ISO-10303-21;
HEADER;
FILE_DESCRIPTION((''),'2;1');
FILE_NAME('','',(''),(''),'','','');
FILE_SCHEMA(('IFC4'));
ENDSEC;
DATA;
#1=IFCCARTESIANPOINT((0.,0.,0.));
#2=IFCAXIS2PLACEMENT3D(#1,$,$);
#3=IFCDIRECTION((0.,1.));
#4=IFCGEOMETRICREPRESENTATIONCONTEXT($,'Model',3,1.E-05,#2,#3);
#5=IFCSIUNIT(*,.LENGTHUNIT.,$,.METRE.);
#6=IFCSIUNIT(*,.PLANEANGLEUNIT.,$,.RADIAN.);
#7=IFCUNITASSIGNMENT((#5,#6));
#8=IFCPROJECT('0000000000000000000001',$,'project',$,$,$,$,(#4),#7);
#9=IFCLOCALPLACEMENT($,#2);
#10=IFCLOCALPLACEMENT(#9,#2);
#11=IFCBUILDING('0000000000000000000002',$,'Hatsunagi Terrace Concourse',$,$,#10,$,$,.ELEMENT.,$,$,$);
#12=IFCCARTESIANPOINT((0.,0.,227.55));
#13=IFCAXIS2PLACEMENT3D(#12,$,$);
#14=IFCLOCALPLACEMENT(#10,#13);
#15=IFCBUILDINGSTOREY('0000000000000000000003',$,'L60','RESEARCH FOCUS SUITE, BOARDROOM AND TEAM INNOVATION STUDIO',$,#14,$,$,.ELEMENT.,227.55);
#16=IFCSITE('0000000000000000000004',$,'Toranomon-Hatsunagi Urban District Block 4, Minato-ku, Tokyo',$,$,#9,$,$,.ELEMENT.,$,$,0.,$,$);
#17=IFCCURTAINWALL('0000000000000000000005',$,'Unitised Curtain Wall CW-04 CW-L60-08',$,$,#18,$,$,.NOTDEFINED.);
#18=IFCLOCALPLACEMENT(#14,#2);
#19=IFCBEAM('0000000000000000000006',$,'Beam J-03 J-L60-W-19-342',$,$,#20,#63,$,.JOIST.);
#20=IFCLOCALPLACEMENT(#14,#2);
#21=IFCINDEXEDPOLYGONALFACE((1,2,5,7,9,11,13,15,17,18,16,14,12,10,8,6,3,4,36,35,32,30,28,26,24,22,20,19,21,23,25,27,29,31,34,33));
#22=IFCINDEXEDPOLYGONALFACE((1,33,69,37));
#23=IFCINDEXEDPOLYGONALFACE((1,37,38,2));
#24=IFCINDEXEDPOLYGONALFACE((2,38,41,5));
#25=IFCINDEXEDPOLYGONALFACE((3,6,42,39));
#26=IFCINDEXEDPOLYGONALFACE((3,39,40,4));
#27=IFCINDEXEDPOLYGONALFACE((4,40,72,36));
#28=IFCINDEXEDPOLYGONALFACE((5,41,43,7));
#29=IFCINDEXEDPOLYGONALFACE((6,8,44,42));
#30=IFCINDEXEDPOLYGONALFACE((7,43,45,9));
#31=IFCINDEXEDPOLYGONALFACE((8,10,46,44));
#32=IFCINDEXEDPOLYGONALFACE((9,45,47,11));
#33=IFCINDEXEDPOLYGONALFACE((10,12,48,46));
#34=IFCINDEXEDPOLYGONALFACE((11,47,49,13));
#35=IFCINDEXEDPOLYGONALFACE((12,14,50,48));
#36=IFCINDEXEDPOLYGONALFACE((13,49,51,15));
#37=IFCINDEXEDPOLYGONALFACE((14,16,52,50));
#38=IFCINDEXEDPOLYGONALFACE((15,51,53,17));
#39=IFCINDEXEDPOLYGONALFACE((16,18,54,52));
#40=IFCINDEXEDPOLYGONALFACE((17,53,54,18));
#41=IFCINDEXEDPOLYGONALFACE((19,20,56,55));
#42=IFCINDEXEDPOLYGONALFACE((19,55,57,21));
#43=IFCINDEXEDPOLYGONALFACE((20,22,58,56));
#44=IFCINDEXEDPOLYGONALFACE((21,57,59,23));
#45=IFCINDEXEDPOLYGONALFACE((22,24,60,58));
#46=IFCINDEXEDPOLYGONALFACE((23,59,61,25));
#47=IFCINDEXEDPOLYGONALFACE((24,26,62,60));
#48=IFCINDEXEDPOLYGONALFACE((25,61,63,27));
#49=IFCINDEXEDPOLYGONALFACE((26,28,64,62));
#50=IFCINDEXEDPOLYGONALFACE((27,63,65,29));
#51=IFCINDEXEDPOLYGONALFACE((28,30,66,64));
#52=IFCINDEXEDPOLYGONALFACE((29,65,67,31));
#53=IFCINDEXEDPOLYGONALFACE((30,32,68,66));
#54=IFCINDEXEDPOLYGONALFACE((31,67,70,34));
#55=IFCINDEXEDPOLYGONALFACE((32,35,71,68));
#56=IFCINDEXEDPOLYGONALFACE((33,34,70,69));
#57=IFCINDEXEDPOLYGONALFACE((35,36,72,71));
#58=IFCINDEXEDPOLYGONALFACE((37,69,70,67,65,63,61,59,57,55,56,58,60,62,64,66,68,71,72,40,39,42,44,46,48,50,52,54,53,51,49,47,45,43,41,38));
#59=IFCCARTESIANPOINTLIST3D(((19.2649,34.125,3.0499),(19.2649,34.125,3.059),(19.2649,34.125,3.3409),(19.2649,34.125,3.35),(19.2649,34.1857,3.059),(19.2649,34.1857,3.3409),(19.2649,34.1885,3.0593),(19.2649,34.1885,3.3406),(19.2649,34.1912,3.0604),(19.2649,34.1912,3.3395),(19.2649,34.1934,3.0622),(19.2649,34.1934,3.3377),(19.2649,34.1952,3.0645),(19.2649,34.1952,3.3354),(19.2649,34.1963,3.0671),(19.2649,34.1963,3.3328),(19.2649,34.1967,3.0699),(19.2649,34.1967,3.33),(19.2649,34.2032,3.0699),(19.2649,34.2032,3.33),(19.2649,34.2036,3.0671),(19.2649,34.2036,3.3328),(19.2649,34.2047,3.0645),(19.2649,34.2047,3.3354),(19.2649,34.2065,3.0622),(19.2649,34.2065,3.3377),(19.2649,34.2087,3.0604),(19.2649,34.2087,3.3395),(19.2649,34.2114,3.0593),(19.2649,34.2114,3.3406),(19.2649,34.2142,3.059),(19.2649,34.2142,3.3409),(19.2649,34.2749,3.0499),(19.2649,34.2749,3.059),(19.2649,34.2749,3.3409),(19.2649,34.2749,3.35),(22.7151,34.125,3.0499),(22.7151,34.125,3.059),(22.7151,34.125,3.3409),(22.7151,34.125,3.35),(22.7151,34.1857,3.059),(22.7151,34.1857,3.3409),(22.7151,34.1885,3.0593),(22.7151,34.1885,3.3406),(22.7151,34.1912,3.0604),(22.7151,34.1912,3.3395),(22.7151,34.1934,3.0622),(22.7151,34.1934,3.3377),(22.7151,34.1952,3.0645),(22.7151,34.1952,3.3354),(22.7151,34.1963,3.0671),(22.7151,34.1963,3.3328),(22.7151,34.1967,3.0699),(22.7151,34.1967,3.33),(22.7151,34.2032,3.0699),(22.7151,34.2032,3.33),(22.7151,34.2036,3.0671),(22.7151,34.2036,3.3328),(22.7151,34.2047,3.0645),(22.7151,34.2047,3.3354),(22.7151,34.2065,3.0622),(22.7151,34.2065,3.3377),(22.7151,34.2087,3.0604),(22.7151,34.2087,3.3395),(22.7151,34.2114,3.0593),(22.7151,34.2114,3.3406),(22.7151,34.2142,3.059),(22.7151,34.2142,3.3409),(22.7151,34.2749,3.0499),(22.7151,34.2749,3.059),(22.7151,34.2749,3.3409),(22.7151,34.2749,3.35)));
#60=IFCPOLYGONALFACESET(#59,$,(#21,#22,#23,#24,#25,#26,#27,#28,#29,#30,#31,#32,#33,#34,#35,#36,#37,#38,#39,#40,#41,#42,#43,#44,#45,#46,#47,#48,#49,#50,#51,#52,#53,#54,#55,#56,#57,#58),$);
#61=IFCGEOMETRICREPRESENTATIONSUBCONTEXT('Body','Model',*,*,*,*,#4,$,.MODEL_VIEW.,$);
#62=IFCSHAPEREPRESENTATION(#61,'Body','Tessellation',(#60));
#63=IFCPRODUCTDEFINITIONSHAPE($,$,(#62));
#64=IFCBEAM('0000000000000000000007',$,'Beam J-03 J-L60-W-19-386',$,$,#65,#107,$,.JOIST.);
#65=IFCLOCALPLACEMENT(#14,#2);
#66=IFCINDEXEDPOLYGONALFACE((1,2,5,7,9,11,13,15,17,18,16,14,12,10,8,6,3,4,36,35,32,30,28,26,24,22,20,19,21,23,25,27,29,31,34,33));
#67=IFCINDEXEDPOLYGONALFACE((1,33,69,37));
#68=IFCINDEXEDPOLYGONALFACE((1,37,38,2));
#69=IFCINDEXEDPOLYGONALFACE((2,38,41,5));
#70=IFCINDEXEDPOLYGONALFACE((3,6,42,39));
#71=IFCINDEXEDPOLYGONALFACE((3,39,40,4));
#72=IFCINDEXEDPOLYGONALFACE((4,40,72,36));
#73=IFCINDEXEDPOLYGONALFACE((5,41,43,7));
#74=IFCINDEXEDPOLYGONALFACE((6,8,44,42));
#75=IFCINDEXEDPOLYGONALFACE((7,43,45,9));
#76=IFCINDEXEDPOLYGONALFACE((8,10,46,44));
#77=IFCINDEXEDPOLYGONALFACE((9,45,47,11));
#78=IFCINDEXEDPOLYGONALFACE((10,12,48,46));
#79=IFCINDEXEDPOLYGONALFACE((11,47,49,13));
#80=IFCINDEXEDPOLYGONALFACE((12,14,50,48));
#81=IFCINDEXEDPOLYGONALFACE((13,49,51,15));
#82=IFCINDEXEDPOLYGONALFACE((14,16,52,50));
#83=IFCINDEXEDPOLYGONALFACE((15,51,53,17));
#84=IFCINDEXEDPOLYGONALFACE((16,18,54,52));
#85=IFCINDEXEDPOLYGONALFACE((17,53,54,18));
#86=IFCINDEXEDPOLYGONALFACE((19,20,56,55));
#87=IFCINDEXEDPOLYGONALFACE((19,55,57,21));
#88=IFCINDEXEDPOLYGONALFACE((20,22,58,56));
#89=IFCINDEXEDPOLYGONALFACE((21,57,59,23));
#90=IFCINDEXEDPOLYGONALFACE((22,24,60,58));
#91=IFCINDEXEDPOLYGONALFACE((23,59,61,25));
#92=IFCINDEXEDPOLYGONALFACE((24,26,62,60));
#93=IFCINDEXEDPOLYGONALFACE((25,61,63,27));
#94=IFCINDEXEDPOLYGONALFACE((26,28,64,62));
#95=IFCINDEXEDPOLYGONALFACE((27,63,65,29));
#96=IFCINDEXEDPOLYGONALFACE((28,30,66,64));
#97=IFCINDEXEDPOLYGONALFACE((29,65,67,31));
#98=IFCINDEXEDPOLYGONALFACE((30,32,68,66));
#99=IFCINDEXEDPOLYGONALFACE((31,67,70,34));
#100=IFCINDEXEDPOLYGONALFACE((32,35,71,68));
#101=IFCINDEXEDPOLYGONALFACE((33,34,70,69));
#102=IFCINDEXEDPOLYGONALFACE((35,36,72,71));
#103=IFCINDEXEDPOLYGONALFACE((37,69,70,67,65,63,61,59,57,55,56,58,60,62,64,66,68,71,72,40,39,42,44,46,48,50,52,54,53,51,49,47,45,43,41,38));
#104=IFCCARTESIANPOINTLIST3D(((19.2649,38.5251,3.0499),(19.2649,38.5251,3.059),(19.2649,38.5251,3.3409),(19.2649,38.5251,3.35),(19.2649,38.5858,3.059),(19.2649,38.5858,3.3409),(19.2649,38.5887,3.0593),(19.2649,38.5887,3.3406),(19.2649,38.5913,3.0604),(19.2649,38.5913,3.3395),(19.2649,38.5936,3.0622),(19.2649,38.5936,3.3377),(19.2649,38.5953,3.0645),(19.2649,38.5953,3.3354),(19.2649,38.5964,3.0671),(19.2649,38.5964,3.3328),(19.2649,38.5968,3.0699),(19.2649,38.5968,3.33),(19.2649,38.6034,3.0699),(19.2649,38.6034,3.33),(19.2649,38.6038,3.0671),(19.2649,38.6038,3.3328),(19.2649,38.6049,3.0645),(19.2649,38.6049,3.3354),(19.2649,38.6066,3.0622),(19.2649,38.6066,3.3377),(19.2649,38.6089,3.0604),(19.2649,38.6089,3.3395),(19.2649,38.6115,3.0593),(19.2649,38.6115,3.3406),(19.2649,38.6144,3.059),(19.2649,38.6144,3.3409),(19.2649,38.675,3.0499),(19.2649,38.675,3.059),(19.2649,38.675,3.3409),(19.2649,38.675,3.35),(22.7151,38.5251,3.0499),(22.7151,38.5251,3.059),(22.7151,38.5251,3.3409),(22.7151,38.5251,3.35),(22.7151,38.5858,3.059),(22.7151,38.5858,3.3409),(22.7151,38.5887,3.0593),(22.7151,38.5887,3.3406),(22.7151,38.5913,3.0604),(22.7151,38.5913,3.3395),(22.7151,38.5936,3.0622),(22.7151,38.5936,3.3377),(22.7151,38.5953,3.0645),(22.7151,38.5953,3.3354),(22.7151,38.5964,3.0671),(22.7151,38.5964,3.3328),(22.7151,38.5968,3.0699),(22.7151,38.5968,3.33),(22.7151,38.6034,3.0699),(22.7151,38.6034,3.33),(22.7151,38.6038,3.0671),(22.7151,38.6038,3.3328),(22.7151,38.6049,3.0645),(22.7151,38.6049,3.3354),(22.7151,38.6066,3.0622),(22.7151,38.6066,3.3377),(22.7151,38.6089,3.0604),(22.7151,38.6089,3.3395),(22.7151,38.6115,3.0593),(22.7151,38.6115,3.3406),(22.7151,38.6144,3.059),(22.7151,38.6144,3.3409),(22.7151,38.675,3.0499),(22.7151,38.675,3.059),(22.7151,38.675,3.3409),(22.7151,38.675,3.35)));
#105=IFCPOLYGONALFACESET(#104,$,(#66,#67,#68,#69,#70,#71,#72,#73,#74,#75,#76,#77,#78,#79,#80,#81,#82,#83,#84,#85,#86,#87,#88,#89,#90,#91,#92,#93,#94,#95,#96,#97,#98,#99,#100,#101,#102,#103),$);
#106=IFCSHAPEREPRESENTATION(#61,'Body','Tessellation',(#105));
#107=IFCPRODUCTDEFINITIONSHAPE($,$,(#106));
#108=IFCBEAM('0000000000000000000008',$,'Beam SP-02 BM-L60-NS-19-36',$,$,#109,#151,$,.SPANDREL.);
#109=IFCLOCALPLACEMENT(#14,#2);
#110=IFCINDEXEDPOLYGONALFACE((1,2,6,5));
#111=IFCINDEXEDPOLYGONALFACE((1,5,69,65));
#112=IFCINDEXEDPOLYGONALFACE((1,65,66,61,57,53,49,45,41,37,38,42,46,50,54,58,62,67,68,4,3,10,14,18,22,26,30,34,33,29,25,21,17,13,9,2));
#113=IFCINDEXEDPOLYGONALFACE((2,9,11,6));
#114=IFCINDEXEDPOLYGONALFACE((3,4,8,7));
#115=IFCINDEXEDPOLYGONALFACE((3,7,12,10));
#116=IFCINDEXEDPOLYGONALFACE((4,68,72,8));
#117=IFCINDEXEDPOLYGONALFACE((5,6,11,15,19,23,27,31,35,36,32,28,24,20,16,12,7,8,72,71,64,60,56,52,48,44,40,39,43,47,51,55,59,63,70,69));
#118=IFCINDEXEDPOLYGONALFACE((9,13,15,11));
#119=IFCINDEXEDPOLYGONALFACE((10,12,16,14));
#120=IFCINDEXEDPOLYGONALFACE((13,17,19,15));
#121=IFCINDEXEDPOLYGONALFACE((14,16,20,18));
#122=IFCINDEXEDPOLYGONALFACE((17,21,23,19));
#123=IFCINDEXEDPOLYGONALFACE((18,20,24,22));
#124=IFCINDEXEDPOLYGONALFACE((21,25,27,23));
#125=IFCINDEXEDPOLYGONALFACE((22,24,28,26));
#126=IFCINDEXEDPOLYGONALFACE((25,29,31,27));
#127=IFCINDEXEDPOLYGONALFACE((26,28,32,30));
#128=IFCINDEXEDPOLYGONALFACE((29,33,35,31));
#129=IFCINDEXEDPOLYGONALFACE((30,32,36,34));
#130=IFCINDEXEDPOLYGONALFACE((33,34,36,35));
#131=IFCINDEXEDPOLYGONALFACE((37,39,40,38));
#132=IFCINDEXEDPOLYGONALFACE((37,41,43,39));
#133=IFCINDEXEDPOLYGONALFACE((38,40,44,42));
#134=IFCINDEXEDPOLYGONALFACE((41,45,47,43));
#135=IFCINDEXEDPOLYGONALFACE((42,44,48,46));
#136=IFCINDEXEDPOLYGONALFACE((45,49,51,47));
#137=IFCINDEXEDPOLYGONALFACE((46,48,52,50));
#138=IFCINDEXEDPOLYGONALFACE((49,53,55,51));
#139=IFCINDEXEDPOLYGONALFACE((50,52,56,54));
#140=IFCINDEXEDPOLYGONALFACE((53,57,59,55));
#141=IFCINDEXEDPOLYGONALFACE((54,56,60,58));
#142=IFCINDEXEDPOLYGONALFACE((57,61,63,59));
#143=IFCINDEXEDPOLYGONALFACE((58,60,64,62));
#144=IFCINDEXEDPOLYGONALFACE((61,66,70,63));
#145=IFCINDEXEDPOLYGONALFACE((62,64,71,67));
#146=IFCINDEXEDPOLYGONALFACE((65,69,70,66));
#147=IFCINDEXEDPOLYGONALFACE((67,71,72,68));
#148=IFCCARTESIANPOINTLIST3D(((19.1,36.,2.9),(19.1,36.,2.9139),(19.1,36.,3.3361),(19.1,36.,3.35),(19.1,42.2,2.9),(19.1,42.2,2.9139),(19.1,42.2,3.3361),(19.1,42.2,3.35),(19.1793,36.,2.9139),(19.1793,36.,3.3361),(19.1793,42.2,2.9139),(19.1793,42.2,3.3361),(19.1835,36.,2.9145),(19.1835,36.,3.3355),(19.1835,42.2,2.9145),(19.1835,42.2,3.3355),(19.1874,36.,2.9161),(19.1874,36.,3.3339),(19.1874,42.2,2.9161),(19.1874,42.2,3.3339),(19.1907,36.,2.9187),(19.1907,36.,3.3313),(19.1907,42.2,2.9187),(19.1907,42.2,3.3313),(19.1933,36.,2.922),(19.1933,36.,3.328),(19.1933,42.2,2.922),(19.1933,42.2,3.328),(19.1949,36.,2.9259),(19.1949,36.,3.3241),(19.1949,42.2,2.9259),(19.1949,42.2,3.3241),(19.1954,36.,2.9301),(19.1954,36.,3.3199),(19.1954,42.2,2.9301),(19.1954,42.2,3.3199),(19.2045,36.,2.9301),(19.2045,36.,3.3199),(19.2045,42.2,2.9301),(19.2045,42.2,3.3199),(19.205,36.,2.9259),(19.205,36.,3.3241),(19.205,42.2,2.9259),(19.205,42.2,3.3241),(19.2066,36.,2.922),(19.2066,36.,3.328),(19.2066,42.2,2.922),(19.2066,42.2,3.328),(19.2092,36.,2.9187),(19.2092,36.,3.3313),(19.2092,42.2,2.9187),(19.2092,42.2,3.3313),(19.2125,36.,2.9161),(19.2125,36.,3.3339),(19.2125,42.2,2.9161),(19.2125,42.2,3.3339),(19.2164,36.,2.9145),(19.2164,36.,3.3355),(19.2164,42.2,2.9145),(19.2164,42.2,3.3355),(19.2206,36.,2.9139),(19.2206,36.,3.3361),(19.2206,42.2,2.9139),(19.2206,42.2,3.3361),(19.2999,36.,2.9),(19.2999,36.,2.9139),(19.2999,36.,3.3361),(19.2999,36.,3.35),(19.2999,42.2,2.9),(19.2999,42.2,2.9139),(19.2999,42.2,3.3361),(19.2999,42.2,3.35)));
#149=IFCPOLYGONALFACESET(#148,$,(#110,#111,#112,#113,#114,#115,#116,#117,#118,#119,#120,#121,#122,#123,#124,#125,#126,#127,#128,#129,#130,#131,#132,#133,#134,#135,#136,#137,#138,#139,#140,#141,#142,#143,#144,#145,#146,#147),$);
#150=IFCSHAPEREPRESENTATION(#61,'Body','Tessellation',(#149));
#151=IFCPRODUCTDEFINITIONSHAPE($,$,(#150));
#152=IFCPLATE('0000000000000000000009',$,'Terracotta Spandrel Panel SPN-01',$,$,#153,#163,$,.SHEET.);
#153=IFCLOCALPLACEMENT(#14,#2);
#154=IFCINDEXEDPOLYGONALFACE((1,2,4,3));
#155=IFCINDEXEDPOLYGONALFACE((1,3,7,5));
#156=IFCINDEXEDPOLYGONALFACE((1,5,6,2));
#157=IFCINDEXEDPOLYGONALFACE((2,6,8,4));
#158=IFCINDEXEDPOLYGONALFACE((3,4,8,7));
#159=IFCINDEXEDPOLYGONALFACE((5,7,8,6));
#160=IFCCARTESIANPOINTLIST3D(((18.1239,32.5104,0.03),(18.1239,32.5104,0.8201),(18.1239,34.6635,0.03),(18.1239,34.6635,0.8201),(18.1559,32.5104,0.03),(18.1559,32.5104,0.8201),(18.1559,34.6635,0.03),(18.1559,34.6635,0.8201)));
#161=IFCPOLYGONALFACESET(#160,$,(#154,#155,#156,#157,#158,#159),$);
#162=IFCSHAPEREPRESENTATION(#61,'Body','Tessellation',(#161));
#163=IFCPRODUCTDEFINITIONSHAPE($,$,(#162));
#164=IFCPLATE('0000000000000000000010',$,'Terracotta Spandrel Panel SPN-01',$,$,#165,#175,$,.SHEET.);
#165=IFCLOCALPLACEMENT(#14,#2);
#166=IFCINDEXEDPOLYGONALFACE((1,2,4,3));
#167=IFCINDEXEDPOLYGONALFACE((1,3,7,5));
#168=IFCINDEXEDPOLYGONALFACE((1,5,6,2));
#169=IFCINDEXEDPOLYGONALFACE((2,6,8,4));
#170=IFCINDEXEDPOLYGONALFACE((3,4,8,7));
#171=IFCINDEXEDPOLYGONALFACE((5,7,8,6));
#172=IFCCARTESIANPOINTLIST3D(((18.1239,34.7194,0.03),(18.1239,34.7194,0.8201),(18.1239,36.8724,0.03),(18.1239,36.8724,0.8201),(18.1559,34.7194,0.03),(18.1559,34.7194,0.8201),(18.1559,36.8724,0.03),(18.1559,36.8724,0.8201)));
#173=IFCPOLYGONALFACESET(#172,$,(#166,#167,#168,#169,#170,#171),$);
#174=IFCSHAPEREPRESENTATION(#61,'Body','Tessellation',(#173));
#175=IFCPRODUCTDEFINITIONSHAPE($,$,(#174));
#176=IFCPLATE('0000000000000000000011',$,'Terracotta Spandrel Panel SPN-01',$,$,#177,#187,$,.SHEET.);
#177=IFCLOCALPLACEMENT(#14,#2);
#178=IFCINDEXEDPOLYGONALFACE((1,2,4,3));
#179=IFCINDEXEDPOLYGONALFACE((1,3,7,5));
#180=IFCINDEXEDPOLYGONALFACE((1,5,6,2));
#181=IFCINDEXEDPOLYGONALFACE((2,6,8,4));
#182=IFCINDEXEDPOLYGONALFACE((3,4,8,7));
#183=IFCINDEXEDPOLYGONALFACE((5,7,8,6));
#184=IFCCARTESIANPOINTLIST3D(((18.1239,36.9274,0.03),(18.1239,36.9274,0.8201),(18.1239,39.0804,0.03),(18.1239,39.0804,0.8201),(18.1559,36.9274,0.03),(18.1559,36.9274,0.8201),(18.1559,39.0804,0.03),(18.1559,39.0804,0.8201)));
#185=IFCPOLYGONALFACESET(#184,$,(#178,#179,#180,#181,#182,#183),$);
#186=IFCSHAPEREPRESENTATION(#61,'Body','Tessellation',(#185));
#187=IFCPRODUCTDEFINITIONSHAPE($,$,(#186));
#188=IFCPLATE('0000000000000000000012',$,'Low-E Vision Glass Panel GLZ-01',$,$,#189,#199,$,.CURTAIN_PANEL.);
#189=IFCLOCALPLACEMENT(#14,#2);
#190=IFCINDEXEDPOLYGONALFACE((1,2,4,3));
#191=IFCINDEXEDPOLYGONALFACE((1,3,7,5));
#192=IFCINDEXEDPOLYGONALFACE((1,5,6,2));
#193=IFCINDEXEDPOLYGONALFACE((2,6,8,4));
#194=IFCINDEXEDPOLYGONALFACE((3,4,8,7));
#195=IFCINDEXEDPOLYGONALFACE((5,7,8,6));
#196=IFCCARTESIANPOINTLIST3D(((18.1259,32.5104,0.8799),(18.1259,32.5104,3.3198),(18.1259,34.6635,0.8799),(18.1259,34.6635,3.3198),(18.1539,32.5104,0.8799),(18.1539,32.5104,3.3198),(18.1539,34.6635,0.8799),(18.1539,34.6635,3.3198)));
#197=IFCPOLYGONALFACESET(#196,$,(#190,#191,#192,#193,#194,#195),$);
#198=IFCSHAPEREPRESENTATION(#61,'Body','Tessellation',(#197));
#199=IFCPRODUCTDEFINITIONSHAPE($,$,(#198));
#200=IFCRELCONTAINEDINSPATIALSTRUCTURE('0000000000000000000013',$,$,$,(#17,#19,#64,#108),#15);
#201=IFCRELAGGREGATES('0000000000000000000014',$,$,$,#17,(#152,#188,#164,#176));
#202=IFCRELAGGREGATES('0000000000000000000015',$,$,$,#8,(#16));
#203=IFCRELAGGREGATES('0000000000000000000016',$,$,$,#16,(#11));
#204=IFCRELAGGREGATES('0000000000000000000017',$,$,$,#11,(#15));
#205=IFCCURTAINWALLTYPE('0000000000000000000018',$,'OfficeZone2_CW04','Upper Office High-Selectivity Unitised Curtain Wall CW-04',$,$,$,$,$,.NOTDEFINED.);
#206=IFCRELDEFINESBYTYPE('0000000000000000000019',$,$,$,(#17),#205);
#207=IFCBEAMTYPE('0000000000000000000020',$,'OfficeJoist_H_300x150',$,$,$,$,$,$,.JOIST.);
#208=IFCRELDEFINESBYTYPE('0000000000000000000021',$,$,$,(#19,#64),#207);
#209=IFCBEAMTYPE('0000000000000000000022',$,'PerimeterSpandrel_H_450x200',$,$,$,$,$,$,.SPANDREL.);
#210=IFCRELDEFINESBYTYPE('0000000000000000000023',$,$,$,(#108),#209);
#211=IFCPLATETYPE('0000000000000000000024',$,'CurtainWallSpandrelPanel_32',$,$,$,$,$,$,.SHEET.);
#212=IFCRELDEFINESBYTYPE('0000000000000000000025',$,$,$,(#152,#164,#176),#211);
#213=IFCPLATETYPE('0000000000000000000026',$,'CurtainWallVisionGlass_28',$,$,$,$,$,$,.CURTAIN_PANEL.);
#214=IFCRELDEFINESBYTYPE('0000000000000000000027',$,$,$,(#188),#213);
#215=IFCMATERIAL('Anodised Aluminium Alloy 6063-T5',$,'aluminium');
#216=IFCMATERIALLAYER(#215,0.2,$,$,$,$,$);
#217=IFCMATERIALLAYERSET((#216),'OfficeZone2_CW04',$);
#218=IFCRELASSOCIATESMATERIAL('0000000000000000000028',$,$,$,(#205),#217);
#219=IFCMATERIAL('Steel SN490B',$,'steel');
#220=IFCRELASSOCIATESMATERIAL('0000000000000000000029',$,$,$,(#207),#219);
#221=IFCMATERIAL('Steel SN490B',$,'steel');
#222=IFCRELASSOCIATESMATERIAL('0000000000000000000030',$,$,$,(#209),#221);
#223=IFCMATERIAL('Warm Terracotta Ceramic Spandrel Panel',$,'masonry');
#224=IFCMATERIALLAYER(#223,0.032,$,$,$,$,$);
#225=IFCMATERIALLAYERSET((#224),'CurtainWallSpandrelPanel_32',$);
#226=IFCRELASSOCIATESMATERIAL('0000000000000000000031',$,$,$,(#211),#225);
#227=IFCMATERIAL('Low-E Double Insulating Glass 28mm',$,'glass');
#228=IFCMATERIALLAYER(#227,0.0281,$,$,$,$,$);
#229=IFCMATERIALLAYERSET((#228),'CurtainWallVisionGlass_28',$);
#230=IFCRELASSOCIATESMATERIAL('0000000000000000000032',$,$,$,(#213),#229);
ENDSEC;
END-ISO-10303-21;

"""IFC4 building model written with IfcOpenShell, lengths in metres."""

from ifc_helpers import new_model, si_unit, direction, frame, origin, origin_2d, place, context, subcontext, project, spatial, rectangle, i_section, extrude, material, layer, layer_set, material_profile, profile_set, type_object, element, aggregate, save


model = new_model("IFC4")

# Units and contexts
model_context = context("Model", 3, precision=1e-05, world=origin(), true_north=direction((0.0, 1.0)))
body_context = subcontext(model_context, "Body", "Model", "MODEL_VIEW")
ifc_project = project(units=[si_unit("LENGTHUNIT", "METRE"), si_unit("PLANEANGLEUNIT", "RADIAN")], contexts=[model_context])

# Site, building, storey
site_placement = place(None, origin())
site = spatial("IfcSite", under=ifc_project, at=site_placement, Name="Toranomon-Hatsunagi Urban District Block 4, Minato-ku, Tokyo", CompositionType="ELEMENT", RefElevation=0.0)
building_placement = place(site_placement, origin())
building = spatial("IfcBuilding", under=site, at=building_placement, Name="Hatsunagi Terrace Concourse", CompositionType="ELEMENT")
storey_placement = place(building_placement, frame((0.0, 0.0, 227.55)))
storey = spatial("IfcBuildingStorey", under=building, at=storey_placement, Name="L60", Description="RESEARCH FOCUS SUITE, BOARDROOM AND TEAM INNOVATION STUDIO", CompositionType="ELEMENT", Elevation=227.55)

# Curtain wall
ifc_material_1 = material(Name="Anodised Aluminium Alloy 6063-T5", Category="aluminium")
ifc_layer_1 = layer(ifc_material_1, 0.2)
ifc_layer_set_1 = layer_set([ifc_layer_1], Name="OfficeZone2_CW04")
curtain_wall_type = type_object("IfcCurtainWallType", Name="OfficeZone2_CW04", Description="Upper Office High-Selectivity Unitised Curtain Wall CW-04", PredefinedType="NOTDEFINED", material=ifc_layer_set_1)
curtain_wall_placement = place(storey_placement, origin())
curtain_wall = element("IfcCurtainWall", 1, at=curtain_wall_placement, inside=storey, type_object=curtain_wall_type, Name="Unitised Curtain Wall CW-04 CW-L60-08", PredefinedType="NOTDEFINED")

# Beams
ifc_material_2 = material(Name="Steel SN490B", Category="steel")
ifc_material_profile_1 = material_profile(ifc_material_2, i_section(OverallWidth=0.1499, OverallDepth=0.3, WebThickness=0.0066, FlangeThickness=0.009, FilletRadius=0.011, at=origin_2d()), Name="H-300x150x6.5x9")
ifc_profile_set_1 = profile_set([ifc_material_profile_1], Name="Steel SN490B")
beam_type_1 = type_object("IfcBeamType", Name="OfficeJoist_H_300x150", PredefinedType="JOIST", material=ifc_profile_set_1)
for number, where, z_axis, x_axis, name in (
    (2, (19.2649, 34.2, 3.2), (1.0, 0.0, 0.0), (0.0, 1.0, 0.0), "Beam J-03 J-L60-W-19-342"),
    (3, (19.2649, 38.6001, 3.2), (1.0, 0.0, 0.0), (0.0, 1.0, 0.0), "Beam J-03 J-L60-W-19-386"),
):
    element("IfcBeam", number, at=place(storey_placement, frame(where, z_axis=z_axis, x_axis=x_axis)), inside=storey, type_object=beam_type_1, Name=name, PredefinedType="JOIST", context=body_context, shape_type="SweptSolid", body=[
        extrude(i_section(OverallWidth=0.1499, OverallDepth=0.3, WebThickness=0.0066, FlangeThickness=0.009, FilletRadius=0.011, at=origin_2d()), origin(), (0.0, 0.0, 1.0), 3.4502),
    ])
ifc_material_3 = material(Name="Steel SN490B", Category="steel")
ifc_material_profile_2 = material_profile(ifc_material_3, i_section(OverallWidth=0.2, OverallDepth=0.45, WebThickness=0.009, FlangeThickness=0.0139, FilletRadius=0.0161, at=origin_2d()), Name="H-450x200x9x14")
ifc_profile_set_2 = profile_set([ifc_material_profile_2], Name="Steel SN490B")
beam_type_2 = type_object("IfcBeamType", Name="PerimeterSpandrel_H_450x200", PredefinedType="SPANDREL", material=ifc_profile_set_2)
beam_1_placement = place(storey_placement, frame((19.2, 36.0, 3.125), z_axis=(0.0, 1.0, 0.0), x_axis=(-1.0, 0.0, 0.0)))
element("IfcBeam", 4, at=beam_1_placement, inside=storey, type_object=beam_type_2, Name="Beam SP-02 BM-L60-NS-19-36", PredefinedType="SPANDREL", context=body_context, shape_type="SweptSolid", body=[
    extrude(i_section(OverallWidth=0.2, OverallDepth=0.45, WebThickness=0.009, FlangeThickness=0.0139, FilletRadius=0.0161, at=origin_2d()), origin(), (0.0, 0.0, 1.0), 6.2),
])

# Plates
ifc_material_4 = material(Name="Warm Terracotta Ceramic Spandrel Panel", Category="masonry")
ifc_layer_2 = layer(ifc_material_4, 0.032)
ifc_layer_set_2 = layer_set([ifc_layer_2], Name="CurtainWallSpandrelPanel_32")
plate_type_1 = type_object("IfcPlateType", Name="CurtainWallSpandrelPanel_32", PredefinedType="SHEET", material=ifc_layer_set_2)
plate_1_placement = place(storey_placement, frame((18.1399, 33.5869, 0.03), z_axis=(0.0, 0.0, 1.0), x_axis=(0.0, 1.0, 0.0)))
plate_1 = element("IfcPlate", 5, at=plate_1_placement, type_object=plate_type_1, Name="Terracotta Spandrel Panel SPN-01", PredefinedType="SHEET", context=body_context, shape_type="SweptSolid", body=[
    extrude(rectangle(XDim=2.1531, YDim=0.032, at=origin_2d()), origin(), (0.0, 0.0, 1.0), 0.79),
])
plate_2_placement = place(storey_placement, frame((18.1399, 35.7959, 0.03), z_axis=(0.0, 0.0, 1.0), x_axis=(0.0, 1.0, 0.0)))
plate_2 = element("IfcPlate", 6, at=plate_2_placement, type_object=plate_type_1, Name="Terracotta Spandrel Panel SPN-01", PredefinedType="SHEET", context=body_context, shape_type="SweptSolid", body=[
    extrude(rectangle(XDim=2.1531, YDim=0.032, at=origin_2d()), origin(), (0.0, 0.0, 1.0), 0.79),
])
plate_3_placement = place(storey_placement, frame((18.1399, 38.0039, 0.03), z_axis=(0.0, 0.0, 1.0), x_axis=(0.0, 1.0, 0.0)))
plate_3 = element("IfcPlate", 7, at=plate_3_placement, type_object=plate_type_1, Name="Terracotta Spandrel Panel SPN-01", PredefinedType="SHEET", context=body_context, shape_type="SweptSolid", body=[
    extrude(rectangle(XDim=2.1531, YDim=0.032, at=origin_2d()), origin(), (0.0, 0.0, 1.0), 0.79),
])
ifc_material_5 = material(Name="Low-E Double Insulating Glass 28mm", Category="glass")
ifc_layer_3 = layer(ifc_material_5, 0.0281)
ifc_layer_set_3 = layer_set([ifc_layer_3], Name="CurtainWallVisionGlass_28")
plate_type_2 = type_object("IfcPlateType", Name="CurtainWallVisionGlass_28", PredefinedType="CURTAIN_PANEL", material=ifc_layer_set_3)
plate_4_placement = place(storey_placement, frame((18.1399, 33.5869, 0.8799), z_axis=(0.0, 0.0, 1.0), x_axis=(0.0, 1.0, 0.0)))
plate_4 = element("IfcPlate", 8, at=plate_4_placement, type_object=plate_type_2, Name="Low-E Vision Glass Panel GLZ-01", PredefinedType="CURTAIN_PANEL", context=body_context, shape_type="SweptSolid", body=[
    extrude(rectangle(XDim=2.1531, YDim=0.0281, at=origin_2d()), origin(), (0.0, 0.0, 1.0), 2.4399),
])
aggregate(curtain_wall, [plate_1, plate_4, plate_2, plate_3])

save(model, "model.ifc")
